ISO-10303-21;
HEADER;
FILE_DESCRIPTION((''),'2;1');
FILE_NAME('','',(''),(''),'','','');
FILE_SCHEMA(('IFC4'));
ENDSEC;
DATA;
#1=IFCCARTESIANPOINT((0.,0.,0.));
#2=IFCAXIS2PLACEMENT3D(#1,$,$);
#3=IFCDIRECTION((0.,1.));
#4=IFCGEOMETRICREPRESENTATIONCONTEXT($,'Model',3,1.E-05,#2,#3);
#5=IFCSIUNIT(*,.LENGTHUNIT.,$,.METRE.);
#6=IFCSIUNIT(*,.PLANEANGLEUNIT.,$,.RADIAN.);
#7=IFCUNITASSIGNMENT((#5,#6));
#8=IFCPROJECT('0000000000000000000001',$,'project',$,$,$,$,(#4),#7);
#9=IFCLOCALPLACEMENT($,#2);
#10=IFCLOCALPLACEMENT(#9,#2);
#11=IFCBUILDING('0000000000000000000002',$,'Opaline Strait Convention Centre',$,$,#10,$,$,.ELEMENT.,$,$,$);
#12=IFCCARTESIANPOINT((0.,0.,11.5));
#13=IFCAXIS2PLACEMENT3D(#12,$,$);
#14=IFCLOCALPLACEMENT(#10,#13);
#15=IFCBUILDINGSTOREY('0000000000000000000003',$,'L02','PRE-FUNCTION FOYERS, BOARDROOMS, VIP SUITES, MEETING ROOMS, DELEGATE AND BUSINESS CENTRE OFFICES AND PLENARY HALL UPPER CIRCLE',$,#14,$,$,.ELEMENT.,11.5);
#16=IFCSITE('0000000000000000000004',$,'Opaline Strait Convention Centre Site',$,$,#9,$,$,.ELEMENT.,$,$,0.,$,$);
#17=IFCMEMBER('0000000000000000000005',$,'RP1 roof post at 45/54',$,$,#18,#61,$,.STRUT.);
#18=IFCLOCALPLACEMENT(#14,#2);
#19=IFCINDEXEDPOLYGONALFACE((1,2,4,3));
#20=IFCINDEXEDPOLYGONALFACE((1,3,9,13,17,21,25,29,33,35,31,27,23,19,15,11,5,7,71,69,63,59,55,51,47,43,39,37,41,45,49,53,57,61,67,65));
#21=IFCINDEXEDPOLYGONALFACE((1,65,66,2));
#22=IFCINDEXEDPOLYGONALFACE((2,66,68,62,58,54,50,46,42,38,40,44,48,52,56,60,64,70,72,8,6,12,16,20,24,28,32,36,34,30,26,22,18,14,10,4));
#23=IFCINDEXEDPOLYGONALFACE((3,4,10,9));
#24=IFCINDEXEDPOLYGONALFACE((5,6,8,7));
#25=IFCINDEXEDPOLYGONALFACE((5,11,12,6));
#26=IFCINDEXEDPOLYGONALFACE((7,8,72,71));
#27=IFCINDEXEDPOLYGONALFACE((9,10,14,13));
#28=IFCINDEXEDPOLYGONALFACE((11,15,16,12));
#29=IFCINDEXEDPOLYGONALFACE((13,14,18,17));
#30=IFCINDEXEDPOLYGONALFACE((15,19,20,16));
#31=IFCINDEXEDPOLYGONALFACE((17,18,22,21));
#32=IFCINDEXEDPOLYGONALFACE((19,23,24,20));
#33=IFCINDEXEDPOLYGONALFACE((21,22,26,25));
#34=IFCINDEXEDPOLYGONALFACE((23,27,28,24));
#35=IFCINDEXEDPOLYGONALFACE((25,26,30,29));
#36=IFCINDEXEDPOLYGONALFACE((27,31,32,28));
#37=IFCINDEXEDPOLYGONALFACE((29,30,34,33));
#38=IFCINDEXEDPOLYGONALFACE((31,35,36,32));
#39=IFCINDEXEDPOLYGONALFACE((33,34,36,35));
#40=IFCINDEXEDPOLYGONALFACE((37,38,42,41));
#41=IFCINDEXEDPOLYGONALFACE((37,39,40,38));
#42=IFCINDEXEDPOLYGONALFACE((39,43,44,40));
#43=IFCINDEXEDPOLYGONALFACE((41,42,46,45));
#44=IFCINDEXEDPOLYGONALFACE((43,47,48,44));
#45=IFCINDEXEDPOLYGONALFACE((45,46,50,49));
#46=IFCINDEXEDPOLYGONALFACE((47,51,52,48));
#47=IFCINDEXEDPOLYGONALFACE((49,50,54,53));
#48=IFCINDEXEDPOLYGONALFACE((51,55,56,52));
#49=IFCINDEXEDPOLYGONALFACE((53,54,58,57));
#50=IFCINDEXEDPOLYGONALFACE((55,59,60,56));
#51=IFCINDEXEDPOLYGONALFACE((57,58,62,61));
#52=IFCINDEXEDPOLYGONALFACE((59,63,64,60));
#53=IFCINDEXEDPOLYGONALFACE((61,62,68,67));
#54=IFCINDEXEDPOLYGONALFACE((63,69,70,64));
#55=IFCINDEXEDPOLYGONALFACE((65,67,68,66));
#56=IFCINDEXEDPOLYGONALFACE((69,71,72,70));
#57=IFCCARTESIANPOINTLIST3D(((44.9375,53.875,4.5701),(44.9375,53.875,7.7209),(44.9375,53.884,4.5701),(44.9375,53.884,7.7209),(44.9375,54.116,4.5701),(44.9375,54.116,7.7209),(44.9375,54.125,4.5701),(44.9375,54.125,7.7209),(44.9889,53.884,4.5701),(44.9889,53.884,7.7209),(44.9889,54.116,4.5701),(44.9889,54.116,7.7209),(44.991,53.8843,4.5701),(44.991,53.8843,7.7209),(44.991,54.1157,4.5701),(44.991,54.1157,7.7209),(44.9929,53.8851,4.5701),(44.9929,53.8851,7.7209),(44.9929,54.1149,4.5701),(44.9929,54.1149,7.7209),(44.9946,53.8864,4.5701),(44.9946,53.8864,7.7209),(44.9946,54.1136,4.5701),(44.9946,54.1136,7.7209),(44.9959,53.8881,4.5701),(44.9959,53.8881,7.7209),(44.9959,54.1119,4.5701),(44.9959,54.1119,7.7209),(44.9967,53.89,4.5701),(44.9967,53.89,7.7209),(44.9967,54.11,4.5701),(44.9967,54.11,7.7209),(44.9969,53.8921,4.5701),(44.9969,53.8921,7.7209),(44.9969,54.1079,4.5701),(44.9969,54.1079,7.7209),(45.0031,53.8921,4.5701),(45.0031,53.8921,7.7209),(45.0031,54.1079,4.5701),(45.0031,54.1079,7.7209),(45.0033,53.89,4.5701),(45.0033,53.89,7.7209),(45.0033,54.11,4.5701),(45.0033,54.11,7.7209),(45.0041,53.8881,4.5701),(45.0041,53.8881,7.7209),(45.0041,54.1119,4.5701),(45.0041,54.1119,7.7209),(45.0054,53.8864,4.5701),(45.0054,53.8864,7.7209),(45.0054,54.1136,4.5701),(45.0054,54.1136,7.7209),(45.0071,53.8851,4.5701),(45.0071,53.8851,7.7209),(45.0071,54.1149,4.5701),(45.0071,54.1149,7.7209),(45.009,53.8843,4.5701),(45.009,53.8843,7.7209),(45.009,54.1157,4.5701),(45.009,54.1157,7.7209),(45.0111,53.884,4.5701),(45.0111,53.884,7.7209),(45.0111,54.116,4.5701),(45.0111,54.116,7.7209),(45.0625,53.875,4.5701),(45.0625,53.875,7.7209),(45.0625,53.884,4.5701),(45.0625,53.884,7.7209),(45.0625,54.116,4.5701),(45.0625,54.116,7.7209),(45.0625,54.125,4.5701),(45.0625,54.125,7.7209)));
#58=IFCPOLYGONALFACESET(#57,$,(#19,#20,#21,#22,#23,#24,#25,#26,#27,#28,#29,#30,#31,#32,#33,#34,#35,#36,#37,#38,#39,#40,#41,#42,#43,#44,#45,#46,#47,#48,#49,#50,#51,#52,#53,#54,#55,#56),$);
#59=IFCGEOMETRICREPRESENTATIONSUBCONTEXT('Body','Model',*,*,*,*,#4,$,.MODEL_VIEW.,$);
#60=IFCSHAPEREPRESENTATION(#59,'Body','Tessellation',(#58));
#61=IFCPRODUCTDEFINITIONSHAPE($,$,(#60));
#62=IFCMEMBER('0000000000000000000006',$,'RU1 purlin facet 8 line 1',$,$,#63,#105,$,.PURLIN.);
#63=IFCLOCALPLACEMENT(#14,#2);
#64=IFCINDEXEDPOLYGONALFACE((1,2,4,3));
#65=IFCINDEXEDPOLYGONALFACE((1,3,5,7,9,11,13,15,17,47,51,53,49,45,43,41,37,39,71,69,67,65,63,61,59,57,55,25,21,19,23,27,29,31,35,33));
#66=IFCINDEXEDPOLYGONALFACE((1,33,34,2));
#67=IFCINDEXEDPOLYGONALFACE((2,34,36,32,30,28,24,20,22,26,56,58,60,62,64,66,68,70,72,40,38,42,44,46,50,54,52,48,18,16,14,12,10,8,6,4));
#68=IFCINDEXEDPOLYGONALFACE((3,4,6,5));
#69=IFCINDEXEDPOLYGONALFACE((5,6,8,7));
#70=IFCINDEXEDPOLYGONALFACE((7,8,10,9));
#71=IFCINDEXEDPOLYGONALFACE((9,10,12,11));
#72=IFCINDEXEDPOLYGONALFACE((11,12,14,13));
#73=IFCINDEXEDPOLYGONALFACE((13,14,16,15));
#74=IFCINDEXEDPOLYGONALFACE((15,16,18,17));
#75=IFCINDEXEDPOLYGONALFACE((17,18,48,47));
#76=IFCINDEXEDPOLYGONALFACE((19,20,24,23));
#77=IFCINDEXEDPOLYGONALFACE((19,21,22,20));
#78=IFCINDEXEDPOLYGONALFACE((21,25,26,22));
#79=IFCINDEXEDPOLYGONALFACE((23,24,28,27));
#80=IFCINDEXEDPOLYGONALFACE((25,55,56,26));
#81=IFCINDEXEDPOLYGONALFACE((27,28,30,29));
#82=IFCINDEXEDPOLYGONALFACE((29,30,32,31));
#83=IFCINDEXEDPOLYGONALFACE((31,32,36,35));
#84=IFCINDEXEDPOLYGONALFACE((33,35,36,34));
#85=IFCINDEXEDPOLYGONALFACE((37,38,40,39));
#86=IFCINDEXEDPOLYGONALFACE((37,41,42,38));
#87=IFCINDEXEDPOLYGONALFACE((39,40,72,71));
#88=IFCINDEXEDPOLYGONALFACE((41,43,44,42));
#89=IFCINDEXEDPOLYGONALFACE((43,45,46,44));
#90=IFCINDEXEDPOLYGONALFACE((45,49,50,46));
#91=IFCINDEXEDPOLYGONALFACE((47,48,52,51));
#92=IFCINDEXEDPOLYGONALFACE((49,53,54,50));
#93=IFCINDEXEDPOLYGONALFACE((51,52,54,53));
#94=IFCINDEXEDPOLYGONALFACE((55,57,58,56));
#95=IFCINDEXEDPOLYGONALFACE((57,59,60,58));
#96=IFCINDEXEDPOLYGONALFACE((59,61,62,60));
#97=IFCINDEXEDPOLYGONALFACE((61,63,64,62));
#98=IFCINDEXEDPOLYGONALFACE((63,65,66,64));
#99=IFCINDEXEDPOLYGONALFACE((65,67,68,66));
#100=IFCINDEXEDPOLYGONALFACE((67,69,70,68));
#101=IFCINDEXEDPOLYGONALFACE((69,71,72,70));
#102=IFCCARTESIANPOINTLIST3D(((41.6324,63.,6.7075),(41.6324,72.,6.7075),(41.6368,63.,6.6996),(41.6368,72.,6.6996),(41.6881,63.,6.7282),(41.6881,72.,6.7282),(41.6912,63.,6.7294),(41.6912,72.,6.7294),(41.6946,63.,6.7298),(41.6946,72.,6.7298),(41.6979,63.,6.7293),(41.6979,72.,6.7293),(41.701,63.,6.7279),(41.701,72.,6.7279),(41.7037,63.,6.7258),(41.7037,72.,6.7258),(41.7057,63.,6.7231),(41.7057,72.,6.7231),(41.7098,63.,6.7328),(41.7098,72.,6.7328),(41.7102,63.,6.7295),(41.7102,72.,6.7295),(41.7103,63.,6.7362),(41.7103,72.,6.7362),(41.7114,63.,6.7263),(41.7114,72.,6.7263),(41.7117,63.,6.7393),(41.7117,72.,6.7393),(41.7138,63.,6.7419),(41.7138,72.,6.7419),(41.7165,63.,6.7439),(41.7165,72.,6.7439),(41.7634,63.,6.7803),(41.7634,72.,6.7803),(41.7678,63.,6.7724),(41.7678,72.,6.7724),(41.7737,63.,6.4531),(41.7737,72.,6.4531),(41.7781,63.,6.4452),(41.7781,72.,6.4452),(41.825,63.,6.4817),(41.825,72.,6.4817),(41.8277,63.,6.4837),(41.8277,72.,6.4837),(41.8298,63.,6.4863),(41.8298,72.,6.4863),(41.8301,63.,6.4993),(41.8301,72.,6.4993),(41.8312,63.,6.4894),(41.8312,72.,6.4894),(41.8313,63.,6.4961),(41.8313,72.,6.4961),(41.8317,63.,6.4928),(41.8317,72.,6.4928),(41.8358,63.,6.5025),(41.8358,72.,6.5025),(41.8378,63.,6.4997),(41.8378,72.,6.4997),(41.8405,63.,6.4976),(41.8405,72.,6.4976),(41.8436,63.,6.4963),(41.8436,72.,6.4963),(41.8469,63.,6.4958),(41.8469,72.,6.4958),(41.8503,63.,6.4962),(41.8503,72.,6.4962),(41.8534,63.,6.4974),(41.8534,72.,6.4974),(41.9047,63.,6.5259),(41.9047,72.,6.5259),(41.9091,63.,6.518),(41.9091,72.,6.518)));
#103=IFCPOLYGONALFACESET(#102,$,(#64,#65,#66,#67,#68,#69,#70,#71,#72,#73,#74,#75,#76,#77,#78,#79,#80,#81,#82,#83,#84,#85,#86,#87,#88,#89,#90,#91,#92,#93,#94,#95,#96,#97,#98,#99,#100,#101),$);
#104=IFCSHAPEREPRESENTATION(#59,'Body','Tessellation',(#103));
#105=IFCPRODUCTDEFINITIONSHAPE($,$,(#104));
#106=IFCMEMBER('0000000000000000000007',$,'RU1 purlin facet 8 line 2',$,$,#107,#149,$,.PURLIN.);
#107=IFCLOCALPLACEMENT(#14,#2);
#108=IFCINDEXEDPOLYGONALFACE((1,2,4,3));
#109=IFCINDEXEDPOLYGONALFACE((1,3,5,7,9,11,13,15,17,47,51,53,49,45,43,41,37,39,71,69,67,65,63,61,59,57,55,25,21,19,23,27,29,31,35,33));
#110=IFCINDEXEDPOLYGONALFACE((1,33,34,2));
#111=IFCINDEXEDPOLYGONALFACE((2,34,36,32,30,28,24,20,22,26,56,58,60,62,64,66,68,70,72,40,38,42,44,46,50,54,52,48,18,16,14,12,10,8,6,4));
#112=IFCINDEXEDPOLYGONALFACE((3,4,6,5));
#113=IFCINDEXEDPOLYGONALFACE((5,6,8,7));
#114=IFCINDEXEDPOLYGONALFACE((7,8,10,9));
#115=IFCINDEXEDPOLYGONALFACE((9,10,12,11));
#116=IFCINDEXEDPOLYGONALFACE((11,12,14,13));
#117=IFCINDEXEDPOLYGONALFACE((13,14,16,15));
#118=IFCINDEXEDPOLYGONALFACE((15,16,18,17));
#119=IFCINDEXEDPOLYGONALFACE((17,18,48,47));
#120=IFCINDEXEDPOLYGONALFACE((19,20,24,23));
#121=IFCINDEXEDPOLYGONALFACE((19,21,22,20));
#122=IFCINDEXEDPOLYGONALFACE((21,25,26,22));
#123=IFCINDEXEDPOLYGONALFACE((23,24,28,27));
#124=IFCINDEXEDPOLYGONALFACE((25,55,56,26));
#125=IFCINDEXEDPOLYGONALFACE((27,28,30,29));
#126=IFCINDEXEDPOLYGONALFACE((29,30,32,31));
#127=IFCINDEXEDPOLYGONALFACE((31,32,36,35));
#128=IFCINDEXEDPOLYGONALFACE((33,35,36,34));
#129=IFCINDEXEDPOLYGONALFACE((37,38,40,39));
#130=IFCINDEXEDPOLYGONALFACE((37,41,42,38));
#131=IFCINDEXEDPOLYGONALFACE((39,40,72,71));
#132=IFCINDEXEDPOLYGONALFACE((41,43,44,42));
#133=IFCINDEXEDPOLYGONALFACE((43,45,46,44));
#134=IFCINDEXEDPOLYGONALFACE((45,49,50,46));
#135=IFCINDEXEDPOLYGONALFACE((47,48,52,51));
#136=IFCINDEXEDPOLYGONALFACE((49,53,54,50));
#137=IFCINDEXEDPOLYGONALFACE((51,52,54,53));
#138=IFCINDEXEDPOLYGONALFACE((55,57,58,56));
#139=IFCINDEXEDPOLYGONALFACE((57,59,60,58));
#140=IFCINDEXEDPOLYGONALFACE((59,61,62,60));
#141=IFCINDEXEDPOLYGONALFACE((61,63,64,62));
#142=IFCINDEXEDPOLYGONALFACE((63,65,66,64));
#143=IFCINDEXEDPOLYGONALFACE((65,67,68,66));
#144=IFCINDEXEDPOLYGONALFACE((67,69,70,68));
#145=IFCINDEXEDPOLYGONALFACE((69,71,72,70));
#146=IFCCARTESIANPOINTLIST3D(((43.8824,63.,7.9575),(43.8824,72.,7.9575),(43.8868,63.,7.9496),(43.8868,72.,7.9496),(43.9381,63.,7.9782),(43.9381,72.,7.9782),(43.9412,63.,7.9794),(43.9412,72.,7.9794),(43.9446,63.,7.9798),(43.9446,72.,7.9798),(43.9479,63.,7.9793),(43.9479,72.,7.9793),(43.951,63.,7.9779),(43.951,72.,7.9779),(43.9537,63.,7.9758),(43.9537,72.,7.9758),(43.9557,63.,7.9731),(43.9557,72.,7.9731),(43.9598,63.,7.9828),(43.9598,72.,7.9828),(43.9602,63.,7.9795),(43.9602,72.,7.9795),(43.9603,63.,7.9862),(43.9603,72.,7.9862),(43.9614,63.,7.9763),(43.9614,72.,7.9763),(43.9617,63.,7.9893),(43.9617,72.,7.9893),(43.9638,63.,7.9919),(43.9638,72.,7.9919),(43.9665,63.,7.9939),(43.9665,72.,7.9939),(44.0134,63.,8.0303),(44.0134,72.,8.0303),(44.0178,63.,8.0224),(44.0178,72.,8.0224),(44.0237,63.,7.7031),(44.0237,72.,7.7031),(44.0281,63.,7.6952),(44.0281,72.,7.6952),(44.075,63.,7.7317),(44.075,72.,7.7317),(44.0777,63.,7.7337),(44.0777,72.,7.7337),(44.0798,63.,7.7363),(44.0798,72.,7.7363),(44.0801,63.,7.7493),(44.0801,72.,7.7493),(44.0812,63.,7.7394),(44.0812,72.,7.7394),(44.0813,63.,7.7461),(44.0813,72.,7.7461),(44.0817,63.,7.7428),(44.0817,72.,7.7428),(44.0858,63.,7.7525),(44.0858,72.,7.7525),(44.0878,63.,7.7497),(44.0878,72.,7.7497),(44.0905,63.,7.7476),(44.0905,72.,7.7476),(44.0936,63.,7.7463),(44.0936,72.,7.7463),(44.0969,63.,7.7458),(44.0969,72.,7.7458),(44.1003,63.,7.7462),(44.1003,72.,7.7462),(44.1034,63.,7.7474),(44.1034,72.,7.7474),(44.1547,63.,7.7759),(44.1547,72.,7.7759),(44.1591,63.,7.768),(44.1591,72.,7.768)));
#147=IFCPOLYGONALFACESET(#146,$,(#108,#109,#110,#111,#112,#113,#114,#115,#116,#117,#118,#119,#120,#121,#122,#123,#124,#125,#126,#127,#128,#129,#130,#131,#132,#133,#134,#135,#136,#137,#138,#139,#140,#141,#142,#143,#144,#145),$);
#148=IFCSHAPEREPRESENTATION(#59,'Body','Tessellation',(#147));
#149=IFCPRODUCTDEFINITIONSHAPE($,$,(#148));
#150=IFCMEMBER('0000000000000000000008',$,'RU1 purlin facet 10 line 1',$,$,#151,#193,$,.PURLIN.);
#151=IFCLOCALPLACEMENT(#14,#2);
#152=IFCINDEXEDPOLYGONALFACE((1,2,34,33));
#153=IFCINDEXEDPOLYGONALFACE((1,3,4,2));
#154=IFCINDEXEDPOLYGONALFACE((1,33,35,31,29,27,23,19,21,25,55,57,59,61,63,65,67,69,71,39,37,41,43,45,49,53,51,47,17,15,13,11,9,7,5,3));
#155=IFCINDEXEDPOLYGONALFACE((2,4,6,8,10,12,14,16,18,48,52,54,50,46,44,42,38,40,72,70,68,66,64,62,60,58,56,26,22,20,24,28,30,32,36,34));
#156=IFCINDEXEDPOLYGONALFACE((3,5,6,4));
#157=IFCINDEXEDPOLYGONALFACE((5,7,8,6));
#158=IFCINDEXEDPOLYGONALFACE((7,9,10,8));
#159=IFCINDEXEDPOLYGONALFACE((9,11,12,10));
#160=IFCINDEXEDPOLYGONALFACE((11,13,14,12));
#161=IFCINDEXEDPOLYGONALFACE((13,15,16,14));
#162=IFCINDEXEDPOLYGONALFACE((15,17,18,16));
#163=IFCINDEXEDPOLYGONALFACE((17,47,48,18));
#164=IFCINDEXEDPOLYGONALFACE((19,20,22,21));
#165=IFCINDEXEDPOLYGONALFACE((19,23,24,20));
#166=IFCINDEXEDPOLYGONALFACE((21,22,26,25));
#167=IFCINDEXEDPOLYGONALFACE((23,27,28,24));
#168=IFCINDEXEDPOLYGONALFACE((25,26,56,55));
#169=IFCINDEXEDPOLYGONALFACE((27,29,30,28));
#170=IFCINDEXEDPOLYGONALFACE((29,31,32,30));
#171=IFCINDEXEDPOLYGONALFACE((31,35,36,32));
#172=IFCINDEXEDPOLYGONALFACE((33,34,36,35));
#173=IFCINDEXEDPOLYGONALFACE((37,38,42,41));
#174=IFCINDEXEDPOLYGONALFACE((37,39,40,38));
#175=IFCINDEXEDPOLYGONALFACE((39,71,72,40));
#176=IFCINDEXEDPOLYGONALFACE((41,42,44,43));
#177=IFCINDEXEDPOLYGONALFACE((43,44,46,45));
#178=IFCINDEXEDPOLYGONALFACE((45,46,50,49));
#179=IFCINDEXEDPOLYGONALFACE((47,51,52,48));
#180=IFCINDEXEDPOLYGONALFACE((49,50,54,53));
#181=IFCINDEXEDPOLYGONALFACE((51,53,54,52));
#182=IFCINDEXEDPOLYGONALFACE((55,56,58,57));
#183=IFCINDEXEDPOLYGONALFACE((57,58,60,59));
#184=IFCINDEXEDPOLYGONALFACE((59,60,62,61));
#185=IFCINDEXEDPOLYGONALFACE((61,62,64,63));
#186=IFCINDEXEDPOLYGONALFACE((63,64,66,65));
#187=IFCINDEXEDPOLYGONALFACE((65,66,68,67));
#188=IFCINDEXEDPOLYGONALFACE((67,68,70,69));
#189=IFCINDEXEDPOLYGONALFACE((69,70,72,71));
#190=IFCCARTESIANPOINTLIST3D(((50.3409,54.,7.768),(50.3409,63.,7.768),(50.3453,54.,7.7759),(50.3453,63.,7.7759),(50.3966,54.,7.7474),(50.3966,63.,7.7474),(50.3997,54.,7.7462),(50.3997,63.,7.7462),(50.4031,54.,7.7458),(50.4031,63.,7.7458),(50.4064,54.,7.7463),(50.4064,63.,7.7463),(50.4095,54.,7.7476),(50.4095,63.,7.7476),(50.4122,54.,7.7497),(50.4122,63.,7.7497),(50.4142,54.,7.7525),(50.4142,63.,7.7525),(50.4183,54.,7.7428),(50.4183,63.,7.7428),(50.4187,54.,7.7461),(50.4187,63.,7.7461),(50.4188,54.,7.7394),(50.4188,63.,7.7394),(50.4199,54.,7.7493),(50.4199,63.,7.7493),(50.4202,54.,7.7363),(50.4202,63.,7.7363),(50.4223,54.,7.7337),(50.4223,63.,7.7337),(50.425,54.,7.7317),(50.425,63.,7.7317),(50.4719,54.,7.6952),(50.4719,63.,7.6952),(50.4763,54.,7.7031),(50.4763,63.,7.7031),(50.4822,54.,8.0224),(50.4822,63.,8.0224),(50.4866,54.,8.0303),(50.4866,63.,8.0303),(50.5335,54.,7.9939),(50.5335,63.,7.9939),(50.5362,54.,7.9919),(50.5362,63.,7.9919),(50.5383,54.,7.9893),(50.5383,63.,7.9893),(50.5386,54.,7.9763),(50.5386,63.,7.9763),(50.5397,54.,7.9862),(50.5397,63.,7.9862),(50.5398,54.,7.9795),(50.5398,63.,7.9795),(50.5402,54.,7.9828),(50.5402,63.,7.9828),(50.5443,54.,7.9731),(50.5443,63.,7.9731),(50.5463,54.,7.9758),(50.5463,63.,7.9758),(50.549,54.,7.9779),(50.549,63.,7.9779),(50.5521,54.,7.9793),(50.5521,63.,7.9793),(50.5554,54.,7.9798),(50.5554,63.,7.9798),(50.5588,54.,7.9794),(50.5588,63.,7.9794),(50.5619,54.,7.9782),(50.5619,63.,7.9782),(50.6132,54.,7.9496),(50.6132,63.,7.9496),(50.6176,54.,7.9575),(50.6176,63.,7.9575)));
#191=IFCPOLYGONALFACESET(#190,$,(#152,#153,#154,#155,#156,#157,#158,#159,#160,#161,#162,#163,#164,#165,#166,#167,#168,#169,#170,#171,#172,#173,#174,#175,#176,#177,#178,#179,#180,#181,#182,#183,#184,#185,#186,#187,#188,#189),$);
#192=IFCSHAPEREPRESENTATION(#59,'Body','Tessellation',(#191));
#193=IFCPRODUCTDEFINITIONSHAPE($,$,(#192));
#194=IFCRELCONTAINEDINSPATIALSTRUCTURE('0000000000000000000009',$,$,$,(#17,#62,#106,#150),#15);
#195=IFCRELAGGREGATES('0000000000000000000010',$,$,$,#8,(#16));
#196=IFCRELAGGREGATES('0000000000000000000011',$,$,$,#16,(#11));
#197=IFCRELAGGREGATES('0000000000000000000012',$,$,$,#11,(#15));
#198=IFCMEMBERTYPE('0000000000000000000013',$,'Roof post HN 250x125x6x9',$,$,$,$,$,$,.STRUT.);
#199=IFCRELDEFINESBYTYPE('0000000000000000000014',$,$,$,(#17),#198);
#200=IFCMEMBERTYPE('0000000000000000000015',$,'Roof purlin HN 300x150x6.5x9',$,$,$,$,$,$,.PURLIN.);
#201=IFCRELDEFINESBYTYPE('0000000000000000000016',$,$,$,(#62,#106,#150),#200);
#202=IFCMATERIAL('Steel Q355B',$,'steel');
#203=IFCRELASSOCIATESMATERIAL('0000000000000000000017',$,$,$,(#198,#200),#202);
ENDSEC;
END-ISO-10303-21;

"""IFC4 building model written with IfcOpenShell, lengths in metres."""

from ifc_helpers import new_model, si_unit, direction, frame, origin, origin_2d, place, context, subcontext, project, spatial, i_section, extrude, material, material_profile, profile_set, type_object, element, save


model = new_model("IFC4")

# Units and contexts
model_context = context("Model", 3, precision=1e-05, world=origin(), true_north=direction((0.0, 1.0)))
body_context = subcontext(model_context, "Body", "Model", "MODEL_VIEW")
ifc_project = project(units=[si_unit("LENGTHUNIT", "METRE"), si_unit("PLANEANGLEUNIT", "RADIAN")], contexts=[model_context])

# Site, building, storey
site_placement = place(None, origin())
site = spatial("IfcSite", under=ifc_project, at=site_placement, Name="Opaline Strait Convention Centre Site", CompositionType="ELEMENT", RefElevation=0.0)
building_placement = place(site_placement, origin())
building = spatial("IfcBuilding", under=site, at=building_placement, Name="Opaline Strait Convention Centre", CompositionType="ELEMENT")
storey_placement = place(building_placement, frame((0.0, 0.0, 11.5)))
storey = spatial("IfcBuildingStorey", under=building, at=storey_placement, Name="L02", Description="PRE-FUNCTION FOYERS, BOARDROOMS, VIP SUITES, MEETING ROOMS, DELEGATE AND BUSINESS CENTRE OFFICES AND PLENARY HALL UPPER CIRCLE", CompositionType="ELEMENT", Elevation=11.5)

# Shared definitions
ifc_material_1 = material(Name="Steel Q355B", Category="steel")

# Members
ifc_material_profile_1 = material_profile(ifc_material_1, i_section(OverallWidth=0.125, OverallDepth=0.25, WebThickness=0.0061, FlangeThickness=0.009, FilletRadius=0.0081, at=origin_2d()), Name="HN 250x125x6x9")
ifc_profile_set_1 = profile_set([ifc_material_profile_1], Name="Steel Q355B")
member_type_1 = type_object("IfcMemberType", Name="Roof post HN 250x125x6x9", PredefinedType="STRUT", material=ifc_profile_set_1)
member_1_placement = place(storey_placement, frame((45.0, 54.0, 4.5701), z_axis=(0.0, 0.0, 1.0), x_axis=(1.0, 0.0, 0.0)))
element("IfcMember", 1, at=member_1_placement, inside=storey, type_object=member_type_1, Name="RP1 roof post at 45/54", PredefinedType="STRUT", context=body_context, shape_type="SweptSolid", body=[
    extrude(i_section(OverallWidth=0.125, OverallDepth=0.25, WebThickness=0.0061, FlangeThickness=0.009, FilletRadius=0.0081, at=origin_2d()), origin(), (0.0, 0.0, 1.0), 3.1509),
])
ifc_material_profile_2 = material_profile(ifc_material_1, i_section(OverallWidth=0.1499, OverallDepth=0.3, WebThickness=0.0066, FlangeThickness=0.009, FilletRadius=0.0129, at=origin_2d()), Name="HN 300x150x6.5x9")
ifc_profile_set_2 = profile_set([ifc_material_profile_2], Name="Steel Q355B")
member_type_2 = type_object("IfcMemberType", Name="Roof purlin HN 300x150x6.5x9", PredefinedType="PURLIN", material=ifc_profile_set_2)
for number, where, z_axis, x_axis, name in (
    (2, (41.7708, 63.0, 6.6128), (0.0, 1.0, 0.0), (-0.874157, 0.0, -0.485643), "RU1 purlin facet 8 line 1"),
    (3, (44.0208, 63.0, 7.8628), (0.0, 1.0, 0.0), (-0.874157, 0.0, -0.485643), "RU1 purlin facet 8 line 2"),
    (4, (50.4792, 54.0, 7.8628), (0.0, 1.0, 0.0), (-0.874157, 0.0, 0.485643), "RU1 purlin facet 10 line 1"),
):
    element("IfcMember", number, at=place(storey_placement, frame(where, z_axis=z_axis, x_axis=x_axis)), inside=storey, type_object=member_type_2, Name=name, PredefinedType="PURLIN", context=body_context, shape_type="SweptSolid", body=[
        extrude(i_section(OverallWidth=0.1499, OverallDepth=0.3, WebThickness=0.0066, FlangeThickness=0.009, FilletRadius=0.0129, at=origin_2d()), origin(), (0.0, 0.0, 1.0), 9.0),
    ])

save(model, "model.ifc")
